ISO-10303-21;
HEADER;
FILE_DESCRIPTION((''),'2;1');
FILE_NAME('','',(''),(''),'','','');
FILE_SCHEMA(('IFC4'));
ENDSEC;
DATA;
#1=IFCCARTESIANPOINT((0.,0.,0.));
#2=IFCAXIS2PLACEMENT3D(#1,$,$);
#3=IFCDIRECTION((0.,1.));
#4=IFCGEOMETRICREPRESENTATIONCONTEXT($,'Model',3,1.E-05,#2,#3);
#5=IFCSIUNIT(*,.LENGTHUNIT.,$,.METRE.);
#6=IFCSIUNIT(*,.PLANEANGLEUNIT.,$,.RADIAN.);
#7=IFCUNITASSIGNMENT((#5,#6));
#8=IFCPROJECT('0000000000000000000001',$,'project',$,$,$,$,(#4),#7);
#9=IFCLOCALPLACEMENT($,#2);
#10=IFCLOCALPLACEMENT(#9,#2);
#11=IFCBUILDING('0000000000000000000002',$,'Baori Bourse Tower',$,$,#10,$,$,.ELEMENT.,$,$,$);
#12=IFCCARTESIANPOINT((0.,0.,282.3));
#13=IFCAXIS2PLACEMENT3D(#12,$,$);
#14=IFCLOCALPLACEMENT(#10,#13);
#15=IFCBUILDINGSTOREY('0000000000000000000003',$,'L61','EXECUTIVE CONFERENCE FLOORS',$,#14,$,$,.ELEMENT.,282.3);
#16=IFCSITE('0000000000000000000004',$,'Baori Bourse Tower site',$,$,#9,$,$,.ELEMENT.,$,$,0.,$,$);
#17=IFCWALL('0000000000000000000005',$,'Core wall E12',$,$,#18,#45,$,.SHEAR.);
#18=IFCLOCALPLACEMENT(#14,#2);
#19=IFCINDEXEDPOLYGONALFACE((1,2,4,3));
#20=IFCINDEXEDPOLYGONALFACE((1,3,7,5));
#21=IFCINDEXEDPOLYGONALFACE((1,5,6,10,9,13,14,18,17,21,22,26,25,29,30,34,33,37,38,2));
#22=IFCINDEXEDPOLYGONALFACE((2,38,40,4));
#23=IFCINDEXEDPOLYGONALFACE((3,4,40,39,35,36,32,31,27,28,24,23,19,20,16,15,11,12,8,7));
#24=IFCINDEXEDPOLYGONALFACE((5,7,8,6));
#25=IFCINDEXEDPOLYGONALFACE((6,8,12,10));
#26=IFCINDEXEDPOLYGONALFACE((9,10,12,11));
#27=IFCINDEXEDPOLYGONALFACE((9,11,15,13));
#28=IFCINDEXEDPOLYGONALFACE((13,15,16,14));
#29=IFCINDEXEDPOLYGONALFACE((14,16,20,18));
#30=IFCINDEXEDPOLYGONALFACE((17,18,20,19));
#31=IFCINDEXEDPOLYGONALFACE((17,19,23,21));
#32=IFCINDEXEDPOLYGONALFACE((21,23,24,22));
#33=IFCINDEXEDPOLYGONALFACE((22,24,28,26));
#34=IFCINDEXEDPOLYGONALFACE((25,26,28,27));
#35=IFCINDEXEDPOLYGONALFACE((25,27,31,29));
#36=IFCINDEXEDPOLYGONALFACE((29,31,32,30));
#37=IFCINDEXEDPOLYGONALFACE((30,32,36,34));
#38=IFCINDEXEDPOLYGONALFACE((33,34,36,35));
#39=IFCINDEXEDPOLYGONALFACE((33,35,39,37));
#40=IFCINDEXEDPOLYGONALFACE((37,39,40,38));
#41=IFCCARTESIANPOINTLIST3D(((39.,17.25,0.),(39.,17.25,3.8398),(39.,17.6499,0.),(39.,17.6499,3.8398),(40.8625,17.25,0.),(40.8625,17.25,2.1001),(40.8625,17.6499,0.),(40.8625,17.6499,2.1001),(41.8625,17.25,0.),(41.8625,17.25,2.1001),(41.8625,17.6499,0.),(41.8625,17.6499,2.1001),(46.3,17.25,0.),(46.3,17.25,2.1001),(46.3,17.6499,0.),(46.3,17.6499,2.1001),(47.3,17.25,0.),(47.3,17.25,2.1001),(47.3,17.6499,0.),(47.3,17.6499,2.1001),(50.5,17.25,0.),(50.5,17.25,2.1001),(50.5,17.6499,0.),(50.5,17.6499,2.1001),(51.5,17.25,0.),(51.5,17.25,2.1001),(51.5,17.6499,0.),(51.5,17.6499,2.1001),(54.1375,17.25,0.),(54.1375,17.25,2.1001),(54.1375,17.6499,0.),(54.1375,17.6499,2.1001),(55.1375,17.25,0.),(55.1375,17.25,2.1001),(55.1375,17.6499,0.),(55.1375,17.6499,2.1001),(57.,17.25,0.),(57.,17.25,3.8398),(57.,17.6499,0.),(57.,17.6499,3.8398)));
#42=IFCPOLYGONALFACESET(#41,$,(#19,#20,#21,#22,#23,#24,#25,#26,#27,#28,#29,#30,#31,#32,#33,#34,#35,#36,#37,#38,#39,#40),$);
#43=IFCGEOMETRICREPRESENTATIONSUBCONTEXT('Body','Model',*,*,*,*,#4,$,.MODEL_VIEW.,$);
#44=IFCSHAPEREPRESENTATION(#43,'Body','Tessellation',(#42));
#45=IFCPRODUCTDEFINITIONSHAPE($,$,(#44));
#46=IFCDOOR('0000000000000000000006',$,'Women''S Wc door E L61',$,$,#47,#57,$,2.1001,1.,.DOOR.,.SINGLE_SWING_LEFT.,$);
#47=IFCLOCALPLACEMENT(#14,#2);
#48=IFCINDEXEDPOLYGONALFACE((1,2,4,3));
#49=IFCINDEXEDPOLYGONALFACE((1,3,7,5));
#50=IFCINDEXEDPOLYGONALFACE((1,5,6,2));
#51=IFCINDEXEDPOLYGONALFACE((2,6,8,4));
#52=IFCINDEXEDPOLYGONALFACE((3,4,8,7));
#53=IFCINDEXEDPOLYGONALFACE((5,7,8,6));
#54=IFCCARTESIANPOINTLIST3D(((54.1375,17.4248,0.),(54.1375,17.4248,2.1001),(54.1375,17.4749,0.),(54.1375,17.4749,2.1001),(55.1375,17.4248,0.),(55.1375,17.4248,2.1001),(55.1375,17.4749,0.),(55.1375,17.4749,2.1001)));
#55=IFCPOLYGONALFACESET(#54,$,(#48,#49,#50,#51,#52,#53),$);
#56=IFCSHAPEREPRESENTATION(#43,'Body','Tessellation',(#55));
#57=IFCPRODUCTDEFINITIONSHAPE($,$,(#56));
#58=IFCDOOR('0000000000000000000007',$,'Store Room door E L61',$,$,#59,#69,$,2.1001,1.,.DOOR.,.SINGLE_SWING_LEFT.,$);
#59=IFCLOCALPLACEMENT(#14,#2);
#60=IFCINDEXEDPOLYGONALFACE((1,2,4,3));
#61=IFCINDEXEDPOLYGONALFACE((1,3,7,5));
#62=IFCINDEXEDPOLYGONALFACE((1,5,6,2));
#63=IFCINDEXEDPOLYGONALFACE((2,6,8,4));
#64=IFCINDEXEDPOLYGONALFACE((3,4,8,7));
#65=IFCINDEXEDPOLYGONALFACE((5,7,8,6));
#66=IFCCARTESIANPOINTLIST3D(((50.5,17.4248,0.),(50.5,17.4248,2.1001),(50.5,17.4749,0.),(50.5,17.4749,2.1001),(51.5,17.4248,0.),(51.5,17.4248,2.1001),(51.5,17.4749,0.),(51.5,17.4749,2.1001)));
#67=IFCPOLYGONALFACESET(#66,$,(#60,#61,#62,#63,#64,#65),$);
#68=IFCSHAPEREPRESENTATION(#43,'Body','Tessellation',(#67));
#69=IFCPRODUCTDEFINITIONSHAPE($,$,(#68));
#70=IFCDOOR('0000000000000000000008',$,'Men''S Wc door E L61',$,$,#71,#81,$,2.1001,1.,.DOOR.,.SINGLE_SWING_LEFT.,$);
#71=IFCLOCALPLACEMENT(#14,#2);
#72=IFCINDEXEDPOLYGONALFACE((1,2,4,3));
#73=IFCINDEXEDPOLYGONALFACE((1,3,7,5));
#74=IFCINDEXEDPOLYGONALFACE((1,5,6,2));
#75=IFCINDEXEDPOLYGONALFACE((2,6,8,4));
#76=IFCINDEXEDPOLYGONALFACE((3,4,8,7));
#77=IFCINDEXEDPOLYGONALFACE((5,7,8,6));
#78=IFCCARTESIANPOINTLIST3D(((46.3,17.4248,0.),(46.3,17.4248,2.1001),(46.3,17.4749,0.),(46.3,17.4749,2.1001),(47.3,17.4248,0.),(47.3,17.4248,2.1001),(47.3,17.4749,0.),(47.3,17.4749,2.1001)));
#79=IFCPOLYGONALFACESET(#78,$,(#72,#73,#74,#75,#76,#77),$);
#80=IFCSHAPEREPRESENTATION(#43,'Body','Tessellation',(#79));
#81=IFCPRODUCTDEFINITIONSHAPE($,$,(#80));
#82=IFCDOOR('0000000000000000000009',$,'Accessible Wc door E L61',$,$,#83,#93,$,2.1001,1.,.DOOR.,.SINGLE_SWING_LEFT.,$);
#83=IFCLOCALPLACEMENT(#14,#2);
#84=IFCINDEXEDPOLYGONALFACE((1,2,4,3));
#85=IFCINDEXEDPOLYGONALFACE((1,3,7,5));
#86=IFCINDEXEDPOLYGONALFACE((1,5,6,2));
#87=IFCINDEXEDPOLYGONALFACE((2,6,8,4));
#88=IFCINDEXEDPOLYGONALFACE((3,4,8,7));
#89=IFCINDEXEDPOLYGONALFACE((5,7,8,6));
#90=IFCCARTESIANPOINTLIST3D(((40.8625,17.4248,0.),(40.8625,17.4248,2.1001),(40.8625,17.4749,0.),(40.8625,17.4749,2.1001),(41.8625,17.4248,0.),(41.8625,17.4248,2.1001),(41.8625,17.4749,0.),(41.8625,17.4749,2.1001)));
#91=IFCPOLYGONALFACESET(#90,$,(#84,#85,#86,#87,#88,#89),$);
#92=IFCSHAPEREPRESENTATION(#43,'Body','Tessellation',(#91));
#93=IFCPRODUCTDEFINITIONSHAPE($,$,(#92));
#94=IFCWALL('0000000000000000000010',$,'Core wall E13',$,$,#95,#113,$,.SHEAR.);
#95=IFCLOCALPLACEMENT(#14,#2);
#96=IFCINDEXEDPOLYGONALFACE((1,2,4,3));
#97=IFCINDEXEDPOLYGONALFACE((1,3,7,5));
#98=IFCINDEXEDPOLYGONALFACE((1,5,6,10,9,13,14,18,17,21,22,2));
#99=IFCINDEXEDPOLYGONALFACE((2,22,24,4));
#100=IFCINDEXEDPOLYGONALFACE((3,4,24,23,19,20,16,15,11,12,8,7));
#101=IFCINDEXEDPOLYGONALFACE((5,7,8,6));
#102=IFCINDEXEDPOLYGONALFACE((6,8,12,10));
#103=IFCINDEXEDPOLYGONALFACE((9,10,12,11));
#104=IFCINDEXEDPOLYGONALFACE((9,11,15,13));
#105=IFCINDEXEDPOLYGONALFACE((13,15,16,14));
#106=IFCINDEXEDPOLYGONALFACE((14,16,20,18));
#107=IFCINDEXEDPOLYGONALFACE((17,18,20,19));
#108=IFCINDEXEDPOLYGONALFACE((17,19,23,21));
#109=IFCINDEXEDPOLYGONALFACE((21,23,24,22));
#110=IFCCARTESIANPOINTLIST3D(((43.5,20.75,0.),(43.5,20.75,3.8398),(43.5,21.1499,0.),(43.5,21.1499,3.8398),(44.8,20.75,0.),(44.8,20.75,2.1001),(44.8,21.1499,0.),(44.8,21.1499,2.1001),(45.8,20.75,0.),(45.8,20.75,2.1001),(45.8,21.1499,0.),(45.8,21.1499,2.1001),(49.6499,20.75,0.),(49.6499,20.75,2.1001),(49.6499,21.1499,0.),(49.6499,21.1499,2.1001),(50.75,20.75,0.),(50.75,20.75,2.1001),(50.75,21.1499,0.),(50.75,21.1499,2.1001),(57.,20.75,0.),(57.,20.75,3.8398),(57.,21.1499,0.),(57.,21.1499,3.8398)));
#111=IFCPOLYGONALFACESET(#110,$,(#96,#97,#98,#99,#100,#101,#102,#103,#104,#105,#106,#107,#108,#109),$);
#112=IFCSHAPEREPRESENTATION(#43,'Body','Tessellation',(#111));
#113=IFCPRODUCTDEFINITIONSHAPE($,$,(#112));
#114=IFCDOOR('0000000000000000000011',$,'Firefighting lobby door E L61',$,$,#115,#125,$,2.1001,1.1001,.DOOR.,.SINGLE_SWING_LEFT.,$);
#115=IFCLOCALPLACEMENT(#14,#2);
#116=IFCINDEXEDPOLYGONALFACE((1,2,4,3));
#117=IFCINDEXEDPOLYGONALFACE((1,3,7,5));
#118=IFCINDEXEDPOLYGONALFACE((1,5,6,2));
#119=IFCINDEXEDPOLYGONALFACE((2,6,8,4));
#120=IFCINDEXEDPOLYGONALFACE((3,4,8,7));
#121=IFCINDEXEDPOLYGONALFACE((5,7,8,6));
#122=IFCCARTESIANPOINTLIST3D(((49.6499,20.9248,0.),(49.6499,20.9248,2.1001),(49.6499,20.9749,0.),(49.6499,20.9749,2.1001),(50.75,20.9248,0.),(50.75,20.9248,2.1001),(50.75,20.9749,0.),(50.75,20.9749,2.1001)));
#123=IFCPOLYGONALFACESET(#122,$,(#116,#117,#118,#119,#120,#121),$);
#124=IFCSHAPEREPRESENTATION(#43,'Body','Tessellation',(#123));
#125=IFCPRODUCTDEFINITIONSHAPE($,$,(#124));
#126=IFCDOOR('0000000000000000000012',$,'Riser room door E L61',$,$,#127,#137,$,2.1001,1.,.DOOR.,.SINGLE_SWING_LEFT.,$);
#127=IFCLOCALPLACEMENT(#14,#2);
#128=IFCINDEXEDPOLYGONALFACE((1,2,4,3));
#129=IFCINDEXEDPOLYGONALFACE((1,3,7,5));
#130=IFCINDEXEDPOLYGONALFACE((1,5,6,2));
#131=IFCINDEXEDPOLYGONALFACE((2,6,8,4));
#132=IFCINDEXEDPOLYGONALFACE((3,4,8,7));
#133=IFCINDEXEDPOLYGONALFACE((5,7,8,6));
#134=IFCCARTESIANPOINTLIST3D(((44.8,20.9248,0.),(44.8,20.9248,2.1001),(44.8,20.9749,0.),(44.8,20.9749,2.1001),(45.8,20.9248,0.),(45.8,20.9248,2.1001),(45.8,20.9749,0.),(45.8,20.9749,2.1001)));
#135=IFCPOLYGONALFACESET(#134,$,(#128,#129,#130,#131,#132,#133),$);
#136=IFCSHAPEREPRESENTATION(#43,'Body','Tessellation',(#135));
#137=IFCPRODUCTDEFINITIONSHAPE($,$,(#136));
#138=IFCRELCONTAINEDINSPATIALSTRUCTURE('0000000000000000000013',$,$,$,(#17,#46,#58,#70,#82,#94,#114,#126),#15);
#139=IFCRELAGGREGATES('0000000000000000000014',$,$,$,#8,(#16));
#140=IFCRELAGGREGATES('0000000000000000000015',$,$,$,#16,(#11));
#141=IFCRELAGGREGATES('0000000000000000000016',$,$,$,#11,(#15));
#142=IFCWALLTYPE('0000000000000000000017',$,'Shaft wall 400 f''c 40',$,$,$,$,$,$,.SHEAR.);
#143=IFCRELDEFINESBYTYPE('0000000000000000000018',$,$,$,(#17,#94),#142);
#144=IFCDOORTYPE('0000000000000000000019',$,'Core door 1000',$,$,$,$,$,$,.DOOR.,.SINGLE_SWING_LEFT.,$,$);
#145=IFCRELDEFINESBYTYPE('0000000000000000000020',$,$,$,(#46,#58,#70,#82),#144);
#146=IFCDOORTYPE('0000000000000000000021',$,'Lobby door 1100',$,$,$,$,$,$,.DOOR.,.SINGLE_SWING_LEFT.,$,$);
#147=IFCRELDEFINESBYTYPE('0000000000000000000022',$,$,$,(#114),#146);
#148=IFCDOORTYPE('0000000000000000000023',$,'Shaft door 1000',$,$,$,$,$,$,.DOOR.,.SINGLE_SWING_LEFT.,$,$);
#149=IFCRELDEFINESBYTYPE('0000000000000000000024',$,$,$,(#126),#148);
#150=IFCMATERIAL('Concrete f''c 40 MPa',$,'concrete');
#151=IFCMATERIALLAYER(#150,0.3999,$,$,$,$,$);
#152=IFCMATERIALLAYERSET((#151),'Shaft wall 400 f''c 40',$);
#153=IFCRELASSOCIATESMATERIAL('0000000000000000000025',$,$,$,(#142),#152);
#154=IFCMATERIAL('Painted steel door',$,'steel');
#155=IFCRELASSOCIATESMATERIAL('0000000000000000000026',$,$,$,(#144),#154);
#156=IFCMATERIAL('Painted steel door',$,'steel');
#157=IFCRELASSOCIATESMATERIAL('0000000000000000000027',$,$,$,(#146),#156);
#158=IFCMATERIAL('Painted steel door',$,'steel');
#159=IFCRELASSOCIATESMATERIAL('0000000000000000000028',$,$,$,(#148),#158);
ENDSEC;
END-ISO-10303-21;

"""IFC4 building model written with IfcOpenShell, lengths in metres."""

from ifc_helpers import new_model, si_unit, direction, frame, frame_2d, origin, place, context, subcontext, project, spatial, rectangle, extrude, material, layer, layer_set, type_object, element, fill, save


model = new_model("IFC4")

# Units and contexts
model_context = context("Model", 3, precision=1e-05, world=origin(), true_north=direction((0.0, 1.0)))
body_context = subcontext(model_context, "Body", "Model", "MODEL_VIEW")
ifc_project = project(units=[si_unit("LENGTHUNIT", "METRE"), si_unit("PLANEANGLEUNIT", "RADIAN")], contexts=[model_context])

# Site, building, storey
site_placement = place(None, origin())
site = spatial("IfcSite", under=ifc_project, at=site_placement, Name="Baori Bourse Tower site", CompositionType="ELEMENT", RefElevation=0.0)
building_placement = place(site_placement, origin())
building = spatial("IfcBuilding", under=site, at=building_placement, Name="Baori Bourse Tower", CompositionType="ELEMENT")
storey_placement = place(building_placement, frame((0.0, 0.0, 282.3)))
storey = spatial("IfcBuildingStorey", under=building, at=storey_placement, Name="L61", Description="EXECUTIVE CONFERENCE FLOORS", CompositionType="ELEMENT", Elevation=282.3)

# Shared definitions
ifc_material_1 = material(Name="Concrete f'c 40 MPa", Category="concrete")
ifc_layer_1 = layer(ifc_material_1, 0.3999)
ifc_layer_set_1 = layer_set([ifc_layer_1], Name="Shaft wall 400 f'c 40")
wall_type_1 = type_object("IfcWallType", Name="Shaft wall 400 f'c 40", PredefinedType="SHEAR", material=ifc_layer_set_1)

# Walls, openings, doors
wall_1_placement = place(storey_placement, frame((39.0, 17.45, 0.0), z_axis=(0.0, 0.0, 1.0), x_axis=(1.0, 0.0, 0.0)))
wall_1 = element("IfcWall", 1, at=wall_1_placement, inside=storey, type_object=wall_type_1, Name="Core wall E12", PredefinedType="SHEAR", context=body_context, shape_type="SweptSolid", body=[
    extrude(rectangle(XDim=18.0, YDim=0.3999, at=frame_2d((9.0, 0.0))), origin(), (0.0, 0.0, 1.0), 3.8398),
])
opening_1_placement = place(wall_1_placement, frame((15.1375, 0.0, 0.0)))
opening_1 = element("IfcOpeningElement", 2, at=opening_1_placement, cuts=wall_1, PredefinedType="OPENING", context=body_context, shape_type="SweptSolid", body=[
    extrude(rectangle(XDim=1.0, YDim=2.1001, at=frame_2d((0.5, 1.05))), frame((0.0, 0.21, 0.0), z_axis=(0.0, -1.0, 0.0), x_axis=(1.0, 0.0, 0.0)), (0.0, 0.0, 1.0), 0.4199),
])
opening_2_placement = place(wall_1_placement, frame((11.5, 0.0, 0.0)))
opening_2 = element("IfcOpeningElement", 3, at=opening_2_placement, cuts=wall_1, PredefinedType="OPENING", context=body_context, shape_type="SweptSolid", body=[
    extrude(rectangle(XDim=1.0, YDim=2.1001, at=frame_2d((0.5, 1.05))), frame((0.0, 0.21, 0.0), z_axis=(0.0, -1.0, 0.0), x_axis=(1.0, 0.0, 0.0)), (0.0, 0.0, 1.0), 0.4199),
])
opening_3_placement = place(wall_1_placement, frame((7.3, 0.0, 0.0)))
opening_3 = element("IfcOpeningElement", 4, at=opening_3_placement, cuts=wall_1, PredefinedType="OPENING", context=body_context, shape_type="SweptSolid", body=[
    extrude(rectangle(XDim=1.0, YDim=2.1001, at=frame_2d((0.5, 1.05))), frame((0.0, 0.21, 0.0), z_axis=(0.0, -1.0, 0.0), x_axis=(1.0, 0.0, 0.0)), (0.0, 0.0, 1.0), 0.4199),
])
opening_4_placement = place(wall_1_placement, frame((1.8625, 0.0, 0.0)))
opening_4 = element("IfcOpeningElement", 5, at=opening_4_placement, cuts=wall_1, PredefinedType="OPENING", context=body_context, shape_type="SweptSolid", body=[
    extrude(rectangle(XDim=1.0, YDim=2.1001, at=frame_2d((0.5, 1.05))), frame((0.0, 0.21, 0.0), z_axis=(0.0, -1.0, 0.0), x_axis=(1.0, 0.0, 0.0)), (0.0, 0.0, 1.0), 0.4199),
])
ifc_material_2 = material(Name="Painted steel door", Category="steel")
door_type_1 = type_object("IfcDoorType", Name="Core door 1000", OperationType="SINGLE_SWING_LEFT", PredefinedType="DOOR", material=ifc_material_2)
door_1_placement = place(opening_1_placement, origin())
door_1 = element("IfcDoor", 6, at=door_1_placement, inside=storey, type_object=door_type_1, Name="Women'S Wc door E L61", OperationType="SINGLE_SWING_LEFT", OverallHeight=2.1001, OverallWidth=1.0, PredefinedType="DOOR", context=body_context, shape_type="SweptSolid", body=[
    extrude(rectangle(XDim=1.0, YDim=2.1001, at=frame_2d((0.5, 1.05))), frame((0.0, 0.0249, 0.0), z_axis=(0.0, -1.0, 0.0), x_axis=(1.0, 0.0, 0.0)), (0.0, 0.0, 1.0), 0.05),
])
fill(opening_1, door_1)
door_2_placement = place(opening_2_placement, origin())
door_2 = element("IfcDoor", 7, at=door_2_placement, inside=storey, type_object=door_type_1, Name="Store Room door E L61", OperationType="SINGLE_SWING_LEFT", OverallHeight=2.1001, OverallWidth=1.0, PredefinedType="DOOR", context=body_context, shape_type="SweptSolid", body=[
    extrude(rectangle(XDim=1.0, YDim=2.1001, at=frame_2d((0.5, 1.05))), frame((0.0, 0.0249, 0.0), z_axis=(0.0, -1.0, 0.0), x_axis=(1.0, 0.0, 0.0)), (0.0, 0.0, 1.0), 0.05),
])
fill(opening_2, door_2)
door_3_placement = place(opening_3_placement, origin())
door_3 = element("IfcDoor", 8, at=door_3_placement, inside=storey, type_object=door_type_1, Name="Men'S Wc door E L61", OperationType="SINGLE_SWING_LEFT", OverallHeight=2.1001, OverallWidth=1.0, PredefinedType="DOOR", context=body_context, shape_type="SweptSolid", body=[
    extrude(rectangle(XDim=1.0, YDim=2.1001, at=frame_2d((0.5, 1.05))), frame((0.0, 0.0249, 0.0), z_axis=(0.0, -1.0, 0.0), x_axis=(1.0, 0.0, 0.0)), (0.0, 0.0, 1.0), 0.05),
])
fill(opening_3, door_3)
door_4_placement = place(opening_4_placement, origin())
door_4 = element("IfcDoor", 9, at=door_4_placement, inside=storey, type_object=door_type_1, Name="Accessible Wc door E L61", OperationType="SINGLE_SWING_LEFT", OverallHeight=2.1001, OverallWidth=1.0, PredefinedType="DOOR", context=body_context, shape_type="SweptSolid", body=[
    extrude(rectangle(XDim=1.0, YDim=2.1001, at=frame_2d((0.5, 1.05))), frame((0.0, 0.0249, 0.0), z_axis=(0.0, -1.0, 0.0), x_axis=(1.0, 0.0, 0.0)), (0.0, 0.0, 1.0), 0.05),
])
fill(opening_4, door_4)
wall_2_placement = place(storey_placement, frame((43.5, 20.95, 0.0), z_axis=(0.0, 0.0, 1.0), x_axis=(1.0, 0.0, 0.0)))
wall_2 = element("IfcWall", 10, at=wall_2_placement, inside=storey, type_object=wall_type_1, Name="Core wall E13", PredefinedType="SHEAR", context=body_context, shape_type="SweptSolid", body=[
    extrude(rectangle(XDim=13.5, YDim=0.3999, at=frame_2d((6.75, 0.0))), origin(), (0.0, 0.0, 1.0), 3.8398),
])
opening_5_placement = place(wall_2_placement, frame((6.1499, 0.0, 0.0)))
opening_5 = element("IfcOpeningElement", 11, at=opening_5_placement, cuts=wall_2, PredefinedType="OPENING", context=body_context, shape_type="SweptSolid", body=[
    extrude(rectangle(XDim=1.1001, YDim=2.1001, at=frame_2d((0.55, 1.05))), frame((0.0, 0.21, 0.0), z_axis=(0.0, -1.0, 0.0), x_axis=(1.0, 0.0, 0.0)), (0.0, 0.0, 1.0), 0.4199),
])
opening_6_placement = place(wall_2_placement, frame((1.3, 0.0, 0.0)))
opening_6 = element("IfcOpeningElement", 12, at=opening_6_placement, cuts=wall_2, PredefinedType="OPENING", context=body_context, shape_type="SweptSolid", body=[
    extrude(rectangle(XDim=1.0, YDim=2.1001, at=frame_2d((0.5, 1.05))), frame((0.0, 0.21, 0.0), z_axis=(0.0, -1.0, 0.0), x_axis=(1.0, 0.0, 0.0)), (0.0, 0.0, 1.0), 0.4199),
])
ifc_material_3 = material(Name="Painted steel door", Category="steel")
door_type_2 = type_object("IfcDoorType", Name="Lobby door 1100", OperationType="SINGLE_SWING_LEFT", PredefinedType="DOOR", material=ifc_material_3)
door_5_placement = place(opening_5_placement, origin())
door_5 = element("IfcDoor", 13, at=door_5_placement, inside=storey, type_object=door_type_2, Name="Firefighting lobby door E L61", OperationType="SINGLE_SWING_LEFT", OverallHeight=2.1001, OverallWidth=1.1001, PredefinedType="DOOR", context=body_context, shape_type="SweptSolid", body=[
    extrude(rectangle(XDim=1.1001, YDim=2.1001, at=frame_2d((0.55, 1.05))), frame((0.0, 0.0249, 0.0), z_axis=(0.0, -1.0, 0.0), x_axis=(1.0, 0.0, 0.0)), (0.0, 0.0, 1.0), 0.05),
])
fill(opening_5, door_5)
ifc_material_4 = material(Name="Painted steel door", Category="steel")
door_type_3 = type_object("IfcDoorType", Name="Shaft door 1000", OperationType="SINGLE_SWING_LEFT", PredefinedType="DOOR", material=ifc_material_4)
door_6_placement = place(opening_6_placement, origin())
door_6 = element("IfcDoor", 14, at=door_6_placement, inside=storey, type_object=door_type_3, Name="Riser room door E L61", OperationType="SINGLE_SWING_LEFT", OverallHeight=2.1001, OverallWidth=1.0, PredefinedType="DOOR", context=body_context, shape_type="SweptSolid", body=[
    extrude(rectangle(XDim=1.0, YDim=2.1001, at=frame_2d((0.5, 1.05))), frame((0.0, 0.0249, 0.0), z_axis=(0.0, -1.0, 0.0), x_axis=(1.0, 0.0, 0.0)), (0.0, 0.0, 1.0), 0.05),
])
fill(opening_6, door_6)

save(model, "model.ifc")
